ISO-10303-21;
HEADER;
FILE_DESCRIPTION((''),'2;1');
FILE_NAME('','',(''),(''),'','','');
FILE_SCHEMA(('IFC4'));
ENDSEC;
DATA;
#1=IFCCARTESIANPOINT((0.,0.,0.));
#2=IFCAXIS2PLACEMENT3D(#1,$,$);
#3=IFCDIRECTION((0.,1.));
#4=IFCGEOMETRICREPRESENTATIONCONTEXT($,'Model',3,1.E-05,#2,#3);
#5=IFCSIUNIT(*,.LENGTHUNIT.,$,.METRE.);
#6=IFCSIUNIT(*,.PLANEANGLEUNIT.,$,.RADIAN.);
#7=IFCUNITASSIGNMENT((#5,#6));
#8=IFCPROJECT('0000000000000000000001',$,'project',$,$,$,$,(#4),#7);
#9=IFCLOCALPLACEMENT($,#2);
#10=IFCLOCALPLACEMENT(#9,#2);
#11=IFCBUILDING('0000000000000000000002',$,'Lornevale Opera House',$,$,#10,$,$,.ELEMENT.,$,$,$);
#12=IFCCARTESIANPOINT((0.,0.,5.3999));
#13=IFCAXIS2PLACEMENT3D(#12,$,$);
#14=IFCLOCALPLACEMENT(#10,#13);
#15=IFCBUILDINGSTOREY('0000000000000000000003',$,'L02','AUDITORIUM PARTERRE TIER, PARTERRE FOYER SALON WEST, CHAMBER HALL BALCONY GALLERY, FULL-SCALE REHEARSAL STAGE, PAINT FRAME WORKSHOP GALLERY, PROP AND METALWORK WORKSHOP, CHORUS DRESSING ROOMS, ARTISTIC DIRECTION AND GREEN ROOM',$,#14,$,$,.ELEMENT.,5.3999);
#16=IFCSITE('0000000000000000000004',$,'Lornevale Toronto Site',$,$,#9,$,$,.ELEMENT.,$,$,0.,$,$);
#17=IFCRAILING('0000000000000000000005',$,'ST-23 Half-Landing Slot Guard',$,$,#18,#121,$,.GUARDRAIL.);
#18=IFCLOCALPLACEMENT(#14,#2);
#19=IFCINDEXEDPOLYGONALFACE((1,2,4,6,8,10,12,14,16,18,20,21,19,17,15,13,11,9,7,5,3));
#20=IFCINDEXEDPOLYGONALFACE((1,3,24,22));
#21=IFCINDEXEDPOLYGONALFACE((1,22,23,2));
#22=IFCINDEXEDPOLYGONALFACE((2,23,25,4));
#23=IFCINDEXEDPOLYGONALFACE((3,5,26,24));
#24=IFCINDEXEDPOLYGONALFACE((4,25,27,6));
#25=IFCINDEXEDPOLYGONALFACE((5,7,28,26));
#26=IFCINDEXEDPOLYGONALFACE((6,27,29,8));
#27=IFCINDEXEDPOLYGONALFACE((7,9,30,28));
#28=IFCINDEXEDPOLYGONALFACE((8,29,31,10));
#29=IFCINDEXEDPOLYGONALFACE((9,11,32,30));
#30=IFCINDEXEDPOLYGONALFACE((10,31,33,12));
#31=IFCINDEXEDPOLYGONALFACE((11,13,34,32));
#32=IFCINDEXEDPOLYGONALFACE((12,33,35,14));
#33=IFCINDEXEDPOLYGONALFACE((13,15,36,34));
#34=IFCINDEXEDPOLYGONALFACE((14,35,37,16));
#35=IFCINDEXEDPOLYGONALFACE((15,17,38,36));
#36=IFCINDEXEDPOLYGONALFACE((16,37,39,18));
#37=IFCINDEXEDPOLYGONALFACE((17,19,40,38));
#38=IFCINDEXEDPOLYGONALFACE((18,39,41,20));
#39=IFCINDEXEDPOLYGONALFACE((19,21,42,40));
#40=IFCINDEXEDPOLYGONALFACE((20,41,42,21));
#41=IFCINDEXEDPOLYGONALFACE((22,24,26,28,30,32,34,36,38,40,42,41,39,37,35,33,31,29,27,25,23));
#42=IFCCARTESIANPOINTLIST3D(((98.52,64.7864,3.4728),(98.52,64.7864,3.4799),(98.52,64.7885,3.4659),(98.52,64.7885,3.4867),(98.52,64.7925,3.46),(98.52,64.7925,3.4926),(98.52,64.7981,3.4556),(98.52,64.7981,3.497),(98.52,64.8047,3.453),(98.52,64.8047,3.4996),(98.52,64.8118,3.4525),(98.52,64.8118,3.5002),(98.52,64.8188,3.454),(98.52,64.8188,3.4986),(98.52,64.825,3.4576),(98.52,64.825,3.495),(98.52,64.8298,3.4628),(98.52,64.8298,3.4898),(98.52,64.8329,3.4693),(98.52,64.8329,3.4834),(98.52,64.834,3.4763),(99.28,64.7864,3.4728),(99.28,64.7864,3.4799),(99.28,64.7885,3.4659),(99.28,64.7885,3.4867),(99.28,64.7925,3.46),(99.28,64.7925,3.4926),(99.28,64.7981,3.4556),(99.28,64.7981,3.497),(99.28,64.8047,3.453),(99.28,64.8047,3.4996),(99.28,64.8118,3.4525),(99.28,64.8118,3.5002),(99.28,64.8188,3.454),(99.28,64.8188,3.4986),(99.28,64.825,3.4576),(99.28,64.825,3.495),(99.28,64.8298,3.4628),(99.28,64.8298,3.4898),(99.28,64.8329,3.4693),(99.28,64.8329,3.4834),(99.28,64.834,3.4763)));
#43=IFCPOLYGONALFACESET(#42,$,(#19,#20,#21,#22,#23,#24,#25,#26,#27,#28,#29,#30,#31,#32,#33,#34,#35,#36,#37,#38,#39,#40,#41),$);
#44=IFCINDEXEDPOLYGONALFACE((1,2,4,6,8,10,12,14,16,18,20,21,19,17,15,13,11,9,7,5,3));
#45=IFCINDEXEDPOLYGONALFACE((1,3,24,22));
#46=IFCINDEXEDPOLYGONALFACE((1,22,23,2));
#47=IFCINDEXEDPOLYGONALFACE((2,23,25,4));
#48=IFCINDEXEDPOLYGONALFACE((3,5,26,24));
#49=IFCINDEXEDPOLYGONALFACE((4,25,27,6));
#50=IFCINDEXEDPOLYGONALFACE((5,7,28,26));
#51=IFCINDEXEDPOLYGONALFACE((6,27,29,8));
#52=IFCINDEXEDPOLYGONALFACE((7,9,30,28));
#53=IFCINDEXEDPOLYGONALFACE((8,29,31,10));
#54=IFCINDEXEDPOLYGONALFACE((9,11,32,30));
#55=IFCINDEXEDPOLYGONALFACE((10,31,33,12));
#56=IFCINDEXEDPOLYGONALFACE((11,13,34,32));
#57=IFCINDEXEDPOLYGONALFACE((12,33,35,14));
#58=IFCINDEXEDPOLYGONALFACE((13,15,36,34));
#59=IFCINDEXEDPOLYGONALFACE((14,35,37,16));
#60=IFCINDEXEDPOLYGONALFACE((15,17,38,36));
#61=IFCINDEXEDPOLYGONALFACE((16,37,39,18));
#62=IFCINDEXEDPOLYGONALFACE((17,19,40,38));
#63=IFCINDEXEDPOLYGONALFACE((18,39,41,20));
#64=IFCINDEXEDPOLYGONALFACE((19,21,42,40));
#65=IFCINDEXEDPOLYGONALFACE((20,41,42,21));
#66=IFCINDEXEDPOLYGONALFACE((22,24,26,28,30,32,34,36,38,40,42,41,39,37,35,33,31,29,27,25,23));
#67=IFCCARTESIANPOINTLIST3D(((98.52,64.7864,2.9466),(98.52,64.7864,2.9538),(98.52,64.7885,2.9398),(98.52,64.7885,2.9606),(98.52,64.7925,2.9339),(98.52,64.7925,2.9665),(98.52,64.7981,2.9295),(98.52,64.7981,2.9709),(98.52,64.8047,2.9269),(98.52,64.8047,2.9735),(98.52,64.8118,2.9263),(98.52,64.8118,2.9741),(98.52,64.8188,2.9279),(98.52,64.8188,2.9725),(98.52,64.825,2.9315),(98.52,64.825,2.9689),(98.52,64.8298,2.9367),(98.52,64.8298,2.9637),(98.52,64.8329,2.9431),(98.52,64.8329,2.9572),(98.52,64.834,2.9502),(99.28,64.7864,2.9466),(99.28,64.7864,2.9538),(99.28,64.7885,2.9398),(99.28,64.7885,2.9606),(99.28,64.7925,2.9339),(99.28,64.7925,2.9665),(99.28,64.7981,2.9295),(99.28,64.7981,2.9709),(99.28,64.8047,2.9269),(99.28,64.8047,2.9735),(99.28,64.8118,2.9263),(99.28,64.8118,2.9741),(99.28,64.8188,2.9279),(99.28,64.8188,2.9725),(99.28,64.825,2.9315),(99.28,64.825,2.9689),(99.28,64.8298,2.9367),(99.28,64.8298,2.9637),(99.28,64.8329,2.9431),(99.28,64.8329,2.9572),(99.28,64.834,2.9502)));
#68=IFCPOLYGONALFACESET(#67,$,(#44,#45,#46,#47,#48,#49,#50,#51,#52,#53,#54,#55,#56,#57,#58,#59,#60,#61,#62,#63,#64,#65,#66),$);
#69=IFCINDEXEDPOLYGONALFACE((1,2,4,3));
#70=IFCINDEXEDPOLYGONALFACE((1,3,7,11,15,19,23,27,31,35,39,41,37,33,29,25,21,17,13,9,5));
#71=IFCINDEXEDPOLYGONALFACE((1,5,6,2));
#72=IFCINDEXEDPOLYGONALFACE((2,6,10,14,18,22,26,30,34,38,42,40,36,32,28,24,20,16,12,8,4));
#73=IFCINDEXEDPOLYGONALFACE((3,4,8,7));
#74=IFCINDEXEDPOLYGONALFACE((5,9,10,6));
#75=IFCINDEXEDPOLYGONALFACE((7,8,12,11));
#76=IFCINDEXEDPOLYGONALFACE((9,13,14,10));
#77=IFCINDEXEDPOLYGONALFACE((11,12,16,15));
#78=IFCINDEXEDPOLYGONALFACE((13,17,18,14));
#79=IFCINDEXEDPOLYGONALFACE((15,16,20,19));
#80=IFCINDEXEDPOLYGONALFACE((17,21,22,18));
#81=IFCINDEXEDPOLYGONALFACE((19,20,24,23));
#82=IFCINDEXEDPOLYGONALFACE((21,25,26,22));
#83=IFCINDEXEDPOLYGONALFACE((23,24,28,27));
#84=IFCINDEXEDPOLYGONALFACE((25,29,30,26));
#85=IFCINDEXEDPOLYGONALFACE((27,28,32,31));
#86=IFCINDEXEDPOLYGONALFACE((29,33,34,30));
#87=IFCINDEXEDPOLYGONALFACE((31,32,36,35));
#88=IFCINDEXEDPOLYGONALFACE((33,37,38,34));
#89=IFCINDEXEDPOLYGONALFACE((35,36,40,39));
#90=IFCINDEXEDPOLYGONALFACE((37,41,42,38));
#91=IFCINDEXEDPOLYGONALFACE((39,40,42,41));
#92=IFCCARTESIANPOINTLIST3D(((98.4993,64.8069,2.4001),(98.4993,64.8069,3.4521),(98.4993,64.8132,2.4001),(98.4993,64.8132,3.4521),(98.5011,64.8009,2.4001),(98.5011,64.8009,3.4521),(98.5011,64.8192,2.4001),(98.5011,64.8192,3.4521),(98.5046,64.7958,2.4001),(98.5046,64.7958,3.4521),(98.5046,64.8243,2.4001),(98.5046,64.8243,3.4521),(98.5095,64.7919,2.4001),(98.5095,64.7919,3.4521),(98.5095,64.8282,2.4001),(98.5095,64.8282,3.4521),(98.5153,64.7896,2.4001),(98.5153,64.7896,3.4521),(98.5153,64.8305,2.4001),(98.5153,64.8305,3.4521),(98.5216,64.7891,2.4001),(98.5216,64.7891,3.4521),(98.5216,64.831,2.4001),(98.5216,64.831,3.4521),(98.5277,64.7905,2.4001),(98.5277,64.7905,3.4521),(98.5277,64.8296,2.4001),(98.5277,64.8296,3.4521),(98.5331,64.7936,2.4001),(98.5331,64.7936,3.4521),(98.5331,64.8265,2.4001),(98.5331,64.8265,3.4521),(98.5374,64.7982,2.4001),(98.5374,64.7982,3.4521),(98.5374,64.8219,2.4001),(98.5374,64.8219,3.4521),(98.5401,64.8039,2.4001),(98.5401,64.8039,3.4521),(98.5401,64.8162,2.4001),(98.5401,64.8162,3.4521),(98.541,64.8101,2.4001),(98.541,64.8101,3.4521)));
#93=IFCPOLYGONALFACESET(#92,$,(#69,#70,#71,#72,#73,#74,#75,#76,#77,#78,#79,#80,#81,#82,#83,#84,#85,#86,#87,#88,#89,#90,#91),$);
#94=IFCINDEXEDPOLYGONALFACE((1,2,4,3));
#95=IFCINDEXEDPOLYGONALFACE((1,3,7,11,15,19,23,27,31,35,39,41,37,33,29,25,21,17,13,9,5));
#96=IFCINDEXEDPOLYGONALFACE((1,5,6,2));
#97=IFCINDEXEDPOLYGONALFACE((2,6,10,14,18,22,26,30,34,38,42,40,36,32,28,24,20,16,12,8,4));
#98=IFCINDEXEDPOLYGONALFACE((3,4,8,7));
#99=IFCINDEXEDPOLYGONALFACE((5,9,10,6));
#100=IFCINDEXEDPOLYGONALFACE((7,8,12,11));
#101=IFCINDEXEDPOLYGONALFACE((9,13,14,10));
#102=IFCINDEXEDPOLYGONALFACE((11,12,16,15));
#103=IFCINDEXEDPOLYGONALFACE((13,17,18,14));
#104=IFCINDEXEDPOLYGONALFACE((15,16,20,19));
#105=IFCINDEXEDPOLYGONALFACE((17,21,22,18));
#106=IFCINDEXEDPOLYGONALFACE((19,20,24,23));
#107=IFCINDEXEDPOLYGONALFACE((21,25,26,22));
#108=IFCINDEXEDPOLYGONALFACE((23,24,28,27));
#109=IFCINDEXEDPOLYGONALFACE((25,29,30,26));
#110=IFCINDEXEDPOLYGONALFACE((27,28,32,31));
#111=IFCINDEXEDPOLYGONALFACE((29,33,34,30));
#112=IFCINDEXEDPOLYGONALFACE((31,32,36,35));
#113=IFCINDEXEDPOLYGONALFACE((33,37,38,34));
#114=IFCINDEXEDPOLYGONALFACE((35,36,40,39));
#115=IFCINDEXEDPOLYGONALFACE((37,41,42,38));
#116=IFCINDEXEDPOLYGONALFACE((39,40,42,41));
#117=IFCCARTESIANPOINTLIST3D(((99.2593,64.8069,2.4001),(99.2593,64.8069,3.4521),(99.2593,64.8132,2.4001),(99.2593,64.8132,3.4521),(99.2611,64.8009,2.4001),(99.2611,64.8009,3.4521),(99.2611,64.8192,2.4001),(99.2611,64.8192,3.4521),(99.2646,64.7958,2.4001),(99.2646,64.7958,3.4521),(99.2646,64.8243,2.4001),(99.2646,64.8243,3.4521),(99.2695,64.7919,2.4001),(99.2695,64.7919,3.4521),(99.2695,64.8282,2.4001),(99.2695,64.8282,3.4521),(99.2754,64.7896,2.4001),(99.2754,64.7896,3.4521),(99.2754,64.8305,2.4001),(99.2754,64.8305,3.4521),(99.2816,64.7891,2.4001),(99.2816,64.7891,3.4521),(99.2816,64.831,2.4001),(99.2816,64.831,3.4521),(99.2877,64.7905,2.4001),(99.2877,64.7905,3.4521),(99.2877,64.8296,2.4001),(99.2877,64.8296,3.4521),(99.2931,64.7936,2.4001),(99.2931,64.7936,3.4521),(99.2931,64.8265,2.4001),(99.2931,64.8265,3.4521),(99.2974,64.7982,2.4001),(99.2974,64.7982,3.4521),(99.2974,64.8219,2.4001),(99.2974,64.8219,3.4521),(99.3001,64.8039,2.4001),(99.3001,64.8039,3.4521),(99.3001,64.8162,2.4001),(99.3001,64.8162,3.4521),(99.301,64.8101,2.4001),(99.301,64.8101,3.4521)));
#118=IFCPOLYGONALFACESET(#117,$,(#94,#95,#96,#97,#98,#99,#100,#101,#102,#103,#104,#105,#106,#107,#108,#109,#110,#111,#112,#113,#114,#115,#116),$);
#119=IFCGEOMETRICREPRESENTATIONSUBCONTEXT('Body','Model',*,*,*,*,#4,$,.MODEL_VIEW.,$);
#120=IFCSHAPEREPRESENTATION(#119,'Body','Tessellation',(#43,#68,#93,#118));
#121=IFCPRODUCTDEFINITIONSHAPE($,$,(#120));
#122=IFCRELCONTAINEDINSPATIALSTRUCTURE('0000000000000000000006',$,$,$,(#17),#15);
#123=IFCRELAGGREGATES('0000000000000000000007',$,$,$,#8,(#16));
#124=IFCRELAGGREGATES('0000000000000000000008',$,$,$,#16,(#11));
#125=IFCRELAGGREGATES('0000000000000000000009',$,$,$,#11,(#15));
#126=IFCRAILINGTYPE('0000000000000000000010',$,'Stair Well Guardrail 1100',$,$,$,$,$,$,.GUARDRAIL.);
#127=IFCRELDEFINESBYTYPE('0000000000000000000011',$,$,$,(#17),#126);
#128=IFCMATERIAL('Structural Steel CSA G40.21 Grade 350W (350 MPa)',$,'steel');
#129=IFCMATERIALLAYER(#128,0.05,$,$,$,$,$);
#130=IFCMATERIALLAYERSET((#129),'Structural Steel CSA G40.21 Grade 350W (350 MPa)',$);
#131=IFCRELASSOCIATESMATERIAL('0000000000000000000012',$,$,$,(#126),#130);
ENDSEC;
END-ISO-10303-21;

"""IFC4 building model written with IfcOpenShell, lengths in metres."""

from ifc_helpers import new_model, si_unit, direction, frame, origin, origin_2d, place, context, subcontext, project, spatial, circle, extrude, material, layer, layer_set, type_object, element, save


model = new_model("IFC4")

# Units and contexts
model_context = context("Model", 3, precision=1e-05, world=origin(), true_north=direction((0.0, 1.0)))
body_context = subcontext(model_context, "Body", "Model", "MODEL_VIEW")
ifc_project = project(units=[si_unit("LENGTHUNIT", "METRE"), si_unit("PLANEANGLEUNIT", "RADIAN")], contexts=[model_context])

# Site, building, storey
site_placement = place(None, origin())
site = spatial("IfcSite", under=ifc_project, at=site_placement, Name="Lornevale Toronto Site", CompositionType="ELEMENT", RefElevation=0.0)
building_placement = place(site_placement, origin())
building = spatial("IfcBuilding", under=site, at=building_placement, Name="Lornevale Opera House", CompositionType="ELEMENT")
storey_placement = place(building_placement, frame((0.0, 0.0, 5.3999)))
storey = spatial("IfcBuildingStorey", under=building, at=storey_placement, Name="L02", Description="AUDITORIUM PARTERRE TIER, PARTERRE FOYER SALON WEST, CHAMBER HALL BALCONY GALLERY, FULL-SCALE REHEARSAL STAGE, PAINT FRAME WORKSHOP GALLERY, PROP AND METALWORK WORKSHOP, CHORUS DRESSING ROOMS, ARTISTIC DIRECTION AND GREEN ROOM", CompositionType="ELEMENT", Elevation=5.3999)

# Railing
ifc_material_1 = material(Name="Structural Steel CSA G40.21 Grade 350W (350 MPa)", Category="steel")
ifc_layer_1 = layer(ifc_material_1, 0.05)
ifc_layer_set_1 = layer_set([ifc_layer_1], Name="Structural Steel CSA G40.21 Grade 350W (350 MPa)")
railing_type_1 = type_object("IfcRailingType", Name="Stair Well Guardrail 1100", PredefinedType="GUARDRAIL", material=ifc_layer_set_1)
railing_1_placement = place(storey_placement, frame((98.52, 64.8101, 2.4001)))
element("IfcRailing", 1, at=railing_1_placement, inside=storey, type_object=railing_type_1, Name="ST-23 Half-Landing Slot Guard", PredefinedType="GUARDRAIL", context=body_context, shape_type="SweptSolid", body=[
    extrude(circle(Radius=0.0239, at=origin_2d()), frame((0.0, 0.0, 1.0762), z_axis=(1.0, 0.0, 0.0), x_axis=(0.0, 1.0, 0.0)), (0.0, 0.0, 1.0), 0.76),
    extrude(circle(Radius=0.0239, at=origin_2d()), frame((0.0, 0.0, 0.55), z_axis=(1.0, 0.0, 0.0), x_axis=(0.0, 1.0, 0.0)), (0.0, 0.0, 1.0), 0.76),
    extrude(circle(Radius=0.021, at=origin_2d()), origin(), (0.0, 0.0, 1.0), 1.052),
    extrude(circle(Radius=0.021, at=origin_2d()), frame((0.76, 0.0, 0.0)), (0.0, 0.0, 1.0), 1.052),
])

save(model, "model.ifc")
